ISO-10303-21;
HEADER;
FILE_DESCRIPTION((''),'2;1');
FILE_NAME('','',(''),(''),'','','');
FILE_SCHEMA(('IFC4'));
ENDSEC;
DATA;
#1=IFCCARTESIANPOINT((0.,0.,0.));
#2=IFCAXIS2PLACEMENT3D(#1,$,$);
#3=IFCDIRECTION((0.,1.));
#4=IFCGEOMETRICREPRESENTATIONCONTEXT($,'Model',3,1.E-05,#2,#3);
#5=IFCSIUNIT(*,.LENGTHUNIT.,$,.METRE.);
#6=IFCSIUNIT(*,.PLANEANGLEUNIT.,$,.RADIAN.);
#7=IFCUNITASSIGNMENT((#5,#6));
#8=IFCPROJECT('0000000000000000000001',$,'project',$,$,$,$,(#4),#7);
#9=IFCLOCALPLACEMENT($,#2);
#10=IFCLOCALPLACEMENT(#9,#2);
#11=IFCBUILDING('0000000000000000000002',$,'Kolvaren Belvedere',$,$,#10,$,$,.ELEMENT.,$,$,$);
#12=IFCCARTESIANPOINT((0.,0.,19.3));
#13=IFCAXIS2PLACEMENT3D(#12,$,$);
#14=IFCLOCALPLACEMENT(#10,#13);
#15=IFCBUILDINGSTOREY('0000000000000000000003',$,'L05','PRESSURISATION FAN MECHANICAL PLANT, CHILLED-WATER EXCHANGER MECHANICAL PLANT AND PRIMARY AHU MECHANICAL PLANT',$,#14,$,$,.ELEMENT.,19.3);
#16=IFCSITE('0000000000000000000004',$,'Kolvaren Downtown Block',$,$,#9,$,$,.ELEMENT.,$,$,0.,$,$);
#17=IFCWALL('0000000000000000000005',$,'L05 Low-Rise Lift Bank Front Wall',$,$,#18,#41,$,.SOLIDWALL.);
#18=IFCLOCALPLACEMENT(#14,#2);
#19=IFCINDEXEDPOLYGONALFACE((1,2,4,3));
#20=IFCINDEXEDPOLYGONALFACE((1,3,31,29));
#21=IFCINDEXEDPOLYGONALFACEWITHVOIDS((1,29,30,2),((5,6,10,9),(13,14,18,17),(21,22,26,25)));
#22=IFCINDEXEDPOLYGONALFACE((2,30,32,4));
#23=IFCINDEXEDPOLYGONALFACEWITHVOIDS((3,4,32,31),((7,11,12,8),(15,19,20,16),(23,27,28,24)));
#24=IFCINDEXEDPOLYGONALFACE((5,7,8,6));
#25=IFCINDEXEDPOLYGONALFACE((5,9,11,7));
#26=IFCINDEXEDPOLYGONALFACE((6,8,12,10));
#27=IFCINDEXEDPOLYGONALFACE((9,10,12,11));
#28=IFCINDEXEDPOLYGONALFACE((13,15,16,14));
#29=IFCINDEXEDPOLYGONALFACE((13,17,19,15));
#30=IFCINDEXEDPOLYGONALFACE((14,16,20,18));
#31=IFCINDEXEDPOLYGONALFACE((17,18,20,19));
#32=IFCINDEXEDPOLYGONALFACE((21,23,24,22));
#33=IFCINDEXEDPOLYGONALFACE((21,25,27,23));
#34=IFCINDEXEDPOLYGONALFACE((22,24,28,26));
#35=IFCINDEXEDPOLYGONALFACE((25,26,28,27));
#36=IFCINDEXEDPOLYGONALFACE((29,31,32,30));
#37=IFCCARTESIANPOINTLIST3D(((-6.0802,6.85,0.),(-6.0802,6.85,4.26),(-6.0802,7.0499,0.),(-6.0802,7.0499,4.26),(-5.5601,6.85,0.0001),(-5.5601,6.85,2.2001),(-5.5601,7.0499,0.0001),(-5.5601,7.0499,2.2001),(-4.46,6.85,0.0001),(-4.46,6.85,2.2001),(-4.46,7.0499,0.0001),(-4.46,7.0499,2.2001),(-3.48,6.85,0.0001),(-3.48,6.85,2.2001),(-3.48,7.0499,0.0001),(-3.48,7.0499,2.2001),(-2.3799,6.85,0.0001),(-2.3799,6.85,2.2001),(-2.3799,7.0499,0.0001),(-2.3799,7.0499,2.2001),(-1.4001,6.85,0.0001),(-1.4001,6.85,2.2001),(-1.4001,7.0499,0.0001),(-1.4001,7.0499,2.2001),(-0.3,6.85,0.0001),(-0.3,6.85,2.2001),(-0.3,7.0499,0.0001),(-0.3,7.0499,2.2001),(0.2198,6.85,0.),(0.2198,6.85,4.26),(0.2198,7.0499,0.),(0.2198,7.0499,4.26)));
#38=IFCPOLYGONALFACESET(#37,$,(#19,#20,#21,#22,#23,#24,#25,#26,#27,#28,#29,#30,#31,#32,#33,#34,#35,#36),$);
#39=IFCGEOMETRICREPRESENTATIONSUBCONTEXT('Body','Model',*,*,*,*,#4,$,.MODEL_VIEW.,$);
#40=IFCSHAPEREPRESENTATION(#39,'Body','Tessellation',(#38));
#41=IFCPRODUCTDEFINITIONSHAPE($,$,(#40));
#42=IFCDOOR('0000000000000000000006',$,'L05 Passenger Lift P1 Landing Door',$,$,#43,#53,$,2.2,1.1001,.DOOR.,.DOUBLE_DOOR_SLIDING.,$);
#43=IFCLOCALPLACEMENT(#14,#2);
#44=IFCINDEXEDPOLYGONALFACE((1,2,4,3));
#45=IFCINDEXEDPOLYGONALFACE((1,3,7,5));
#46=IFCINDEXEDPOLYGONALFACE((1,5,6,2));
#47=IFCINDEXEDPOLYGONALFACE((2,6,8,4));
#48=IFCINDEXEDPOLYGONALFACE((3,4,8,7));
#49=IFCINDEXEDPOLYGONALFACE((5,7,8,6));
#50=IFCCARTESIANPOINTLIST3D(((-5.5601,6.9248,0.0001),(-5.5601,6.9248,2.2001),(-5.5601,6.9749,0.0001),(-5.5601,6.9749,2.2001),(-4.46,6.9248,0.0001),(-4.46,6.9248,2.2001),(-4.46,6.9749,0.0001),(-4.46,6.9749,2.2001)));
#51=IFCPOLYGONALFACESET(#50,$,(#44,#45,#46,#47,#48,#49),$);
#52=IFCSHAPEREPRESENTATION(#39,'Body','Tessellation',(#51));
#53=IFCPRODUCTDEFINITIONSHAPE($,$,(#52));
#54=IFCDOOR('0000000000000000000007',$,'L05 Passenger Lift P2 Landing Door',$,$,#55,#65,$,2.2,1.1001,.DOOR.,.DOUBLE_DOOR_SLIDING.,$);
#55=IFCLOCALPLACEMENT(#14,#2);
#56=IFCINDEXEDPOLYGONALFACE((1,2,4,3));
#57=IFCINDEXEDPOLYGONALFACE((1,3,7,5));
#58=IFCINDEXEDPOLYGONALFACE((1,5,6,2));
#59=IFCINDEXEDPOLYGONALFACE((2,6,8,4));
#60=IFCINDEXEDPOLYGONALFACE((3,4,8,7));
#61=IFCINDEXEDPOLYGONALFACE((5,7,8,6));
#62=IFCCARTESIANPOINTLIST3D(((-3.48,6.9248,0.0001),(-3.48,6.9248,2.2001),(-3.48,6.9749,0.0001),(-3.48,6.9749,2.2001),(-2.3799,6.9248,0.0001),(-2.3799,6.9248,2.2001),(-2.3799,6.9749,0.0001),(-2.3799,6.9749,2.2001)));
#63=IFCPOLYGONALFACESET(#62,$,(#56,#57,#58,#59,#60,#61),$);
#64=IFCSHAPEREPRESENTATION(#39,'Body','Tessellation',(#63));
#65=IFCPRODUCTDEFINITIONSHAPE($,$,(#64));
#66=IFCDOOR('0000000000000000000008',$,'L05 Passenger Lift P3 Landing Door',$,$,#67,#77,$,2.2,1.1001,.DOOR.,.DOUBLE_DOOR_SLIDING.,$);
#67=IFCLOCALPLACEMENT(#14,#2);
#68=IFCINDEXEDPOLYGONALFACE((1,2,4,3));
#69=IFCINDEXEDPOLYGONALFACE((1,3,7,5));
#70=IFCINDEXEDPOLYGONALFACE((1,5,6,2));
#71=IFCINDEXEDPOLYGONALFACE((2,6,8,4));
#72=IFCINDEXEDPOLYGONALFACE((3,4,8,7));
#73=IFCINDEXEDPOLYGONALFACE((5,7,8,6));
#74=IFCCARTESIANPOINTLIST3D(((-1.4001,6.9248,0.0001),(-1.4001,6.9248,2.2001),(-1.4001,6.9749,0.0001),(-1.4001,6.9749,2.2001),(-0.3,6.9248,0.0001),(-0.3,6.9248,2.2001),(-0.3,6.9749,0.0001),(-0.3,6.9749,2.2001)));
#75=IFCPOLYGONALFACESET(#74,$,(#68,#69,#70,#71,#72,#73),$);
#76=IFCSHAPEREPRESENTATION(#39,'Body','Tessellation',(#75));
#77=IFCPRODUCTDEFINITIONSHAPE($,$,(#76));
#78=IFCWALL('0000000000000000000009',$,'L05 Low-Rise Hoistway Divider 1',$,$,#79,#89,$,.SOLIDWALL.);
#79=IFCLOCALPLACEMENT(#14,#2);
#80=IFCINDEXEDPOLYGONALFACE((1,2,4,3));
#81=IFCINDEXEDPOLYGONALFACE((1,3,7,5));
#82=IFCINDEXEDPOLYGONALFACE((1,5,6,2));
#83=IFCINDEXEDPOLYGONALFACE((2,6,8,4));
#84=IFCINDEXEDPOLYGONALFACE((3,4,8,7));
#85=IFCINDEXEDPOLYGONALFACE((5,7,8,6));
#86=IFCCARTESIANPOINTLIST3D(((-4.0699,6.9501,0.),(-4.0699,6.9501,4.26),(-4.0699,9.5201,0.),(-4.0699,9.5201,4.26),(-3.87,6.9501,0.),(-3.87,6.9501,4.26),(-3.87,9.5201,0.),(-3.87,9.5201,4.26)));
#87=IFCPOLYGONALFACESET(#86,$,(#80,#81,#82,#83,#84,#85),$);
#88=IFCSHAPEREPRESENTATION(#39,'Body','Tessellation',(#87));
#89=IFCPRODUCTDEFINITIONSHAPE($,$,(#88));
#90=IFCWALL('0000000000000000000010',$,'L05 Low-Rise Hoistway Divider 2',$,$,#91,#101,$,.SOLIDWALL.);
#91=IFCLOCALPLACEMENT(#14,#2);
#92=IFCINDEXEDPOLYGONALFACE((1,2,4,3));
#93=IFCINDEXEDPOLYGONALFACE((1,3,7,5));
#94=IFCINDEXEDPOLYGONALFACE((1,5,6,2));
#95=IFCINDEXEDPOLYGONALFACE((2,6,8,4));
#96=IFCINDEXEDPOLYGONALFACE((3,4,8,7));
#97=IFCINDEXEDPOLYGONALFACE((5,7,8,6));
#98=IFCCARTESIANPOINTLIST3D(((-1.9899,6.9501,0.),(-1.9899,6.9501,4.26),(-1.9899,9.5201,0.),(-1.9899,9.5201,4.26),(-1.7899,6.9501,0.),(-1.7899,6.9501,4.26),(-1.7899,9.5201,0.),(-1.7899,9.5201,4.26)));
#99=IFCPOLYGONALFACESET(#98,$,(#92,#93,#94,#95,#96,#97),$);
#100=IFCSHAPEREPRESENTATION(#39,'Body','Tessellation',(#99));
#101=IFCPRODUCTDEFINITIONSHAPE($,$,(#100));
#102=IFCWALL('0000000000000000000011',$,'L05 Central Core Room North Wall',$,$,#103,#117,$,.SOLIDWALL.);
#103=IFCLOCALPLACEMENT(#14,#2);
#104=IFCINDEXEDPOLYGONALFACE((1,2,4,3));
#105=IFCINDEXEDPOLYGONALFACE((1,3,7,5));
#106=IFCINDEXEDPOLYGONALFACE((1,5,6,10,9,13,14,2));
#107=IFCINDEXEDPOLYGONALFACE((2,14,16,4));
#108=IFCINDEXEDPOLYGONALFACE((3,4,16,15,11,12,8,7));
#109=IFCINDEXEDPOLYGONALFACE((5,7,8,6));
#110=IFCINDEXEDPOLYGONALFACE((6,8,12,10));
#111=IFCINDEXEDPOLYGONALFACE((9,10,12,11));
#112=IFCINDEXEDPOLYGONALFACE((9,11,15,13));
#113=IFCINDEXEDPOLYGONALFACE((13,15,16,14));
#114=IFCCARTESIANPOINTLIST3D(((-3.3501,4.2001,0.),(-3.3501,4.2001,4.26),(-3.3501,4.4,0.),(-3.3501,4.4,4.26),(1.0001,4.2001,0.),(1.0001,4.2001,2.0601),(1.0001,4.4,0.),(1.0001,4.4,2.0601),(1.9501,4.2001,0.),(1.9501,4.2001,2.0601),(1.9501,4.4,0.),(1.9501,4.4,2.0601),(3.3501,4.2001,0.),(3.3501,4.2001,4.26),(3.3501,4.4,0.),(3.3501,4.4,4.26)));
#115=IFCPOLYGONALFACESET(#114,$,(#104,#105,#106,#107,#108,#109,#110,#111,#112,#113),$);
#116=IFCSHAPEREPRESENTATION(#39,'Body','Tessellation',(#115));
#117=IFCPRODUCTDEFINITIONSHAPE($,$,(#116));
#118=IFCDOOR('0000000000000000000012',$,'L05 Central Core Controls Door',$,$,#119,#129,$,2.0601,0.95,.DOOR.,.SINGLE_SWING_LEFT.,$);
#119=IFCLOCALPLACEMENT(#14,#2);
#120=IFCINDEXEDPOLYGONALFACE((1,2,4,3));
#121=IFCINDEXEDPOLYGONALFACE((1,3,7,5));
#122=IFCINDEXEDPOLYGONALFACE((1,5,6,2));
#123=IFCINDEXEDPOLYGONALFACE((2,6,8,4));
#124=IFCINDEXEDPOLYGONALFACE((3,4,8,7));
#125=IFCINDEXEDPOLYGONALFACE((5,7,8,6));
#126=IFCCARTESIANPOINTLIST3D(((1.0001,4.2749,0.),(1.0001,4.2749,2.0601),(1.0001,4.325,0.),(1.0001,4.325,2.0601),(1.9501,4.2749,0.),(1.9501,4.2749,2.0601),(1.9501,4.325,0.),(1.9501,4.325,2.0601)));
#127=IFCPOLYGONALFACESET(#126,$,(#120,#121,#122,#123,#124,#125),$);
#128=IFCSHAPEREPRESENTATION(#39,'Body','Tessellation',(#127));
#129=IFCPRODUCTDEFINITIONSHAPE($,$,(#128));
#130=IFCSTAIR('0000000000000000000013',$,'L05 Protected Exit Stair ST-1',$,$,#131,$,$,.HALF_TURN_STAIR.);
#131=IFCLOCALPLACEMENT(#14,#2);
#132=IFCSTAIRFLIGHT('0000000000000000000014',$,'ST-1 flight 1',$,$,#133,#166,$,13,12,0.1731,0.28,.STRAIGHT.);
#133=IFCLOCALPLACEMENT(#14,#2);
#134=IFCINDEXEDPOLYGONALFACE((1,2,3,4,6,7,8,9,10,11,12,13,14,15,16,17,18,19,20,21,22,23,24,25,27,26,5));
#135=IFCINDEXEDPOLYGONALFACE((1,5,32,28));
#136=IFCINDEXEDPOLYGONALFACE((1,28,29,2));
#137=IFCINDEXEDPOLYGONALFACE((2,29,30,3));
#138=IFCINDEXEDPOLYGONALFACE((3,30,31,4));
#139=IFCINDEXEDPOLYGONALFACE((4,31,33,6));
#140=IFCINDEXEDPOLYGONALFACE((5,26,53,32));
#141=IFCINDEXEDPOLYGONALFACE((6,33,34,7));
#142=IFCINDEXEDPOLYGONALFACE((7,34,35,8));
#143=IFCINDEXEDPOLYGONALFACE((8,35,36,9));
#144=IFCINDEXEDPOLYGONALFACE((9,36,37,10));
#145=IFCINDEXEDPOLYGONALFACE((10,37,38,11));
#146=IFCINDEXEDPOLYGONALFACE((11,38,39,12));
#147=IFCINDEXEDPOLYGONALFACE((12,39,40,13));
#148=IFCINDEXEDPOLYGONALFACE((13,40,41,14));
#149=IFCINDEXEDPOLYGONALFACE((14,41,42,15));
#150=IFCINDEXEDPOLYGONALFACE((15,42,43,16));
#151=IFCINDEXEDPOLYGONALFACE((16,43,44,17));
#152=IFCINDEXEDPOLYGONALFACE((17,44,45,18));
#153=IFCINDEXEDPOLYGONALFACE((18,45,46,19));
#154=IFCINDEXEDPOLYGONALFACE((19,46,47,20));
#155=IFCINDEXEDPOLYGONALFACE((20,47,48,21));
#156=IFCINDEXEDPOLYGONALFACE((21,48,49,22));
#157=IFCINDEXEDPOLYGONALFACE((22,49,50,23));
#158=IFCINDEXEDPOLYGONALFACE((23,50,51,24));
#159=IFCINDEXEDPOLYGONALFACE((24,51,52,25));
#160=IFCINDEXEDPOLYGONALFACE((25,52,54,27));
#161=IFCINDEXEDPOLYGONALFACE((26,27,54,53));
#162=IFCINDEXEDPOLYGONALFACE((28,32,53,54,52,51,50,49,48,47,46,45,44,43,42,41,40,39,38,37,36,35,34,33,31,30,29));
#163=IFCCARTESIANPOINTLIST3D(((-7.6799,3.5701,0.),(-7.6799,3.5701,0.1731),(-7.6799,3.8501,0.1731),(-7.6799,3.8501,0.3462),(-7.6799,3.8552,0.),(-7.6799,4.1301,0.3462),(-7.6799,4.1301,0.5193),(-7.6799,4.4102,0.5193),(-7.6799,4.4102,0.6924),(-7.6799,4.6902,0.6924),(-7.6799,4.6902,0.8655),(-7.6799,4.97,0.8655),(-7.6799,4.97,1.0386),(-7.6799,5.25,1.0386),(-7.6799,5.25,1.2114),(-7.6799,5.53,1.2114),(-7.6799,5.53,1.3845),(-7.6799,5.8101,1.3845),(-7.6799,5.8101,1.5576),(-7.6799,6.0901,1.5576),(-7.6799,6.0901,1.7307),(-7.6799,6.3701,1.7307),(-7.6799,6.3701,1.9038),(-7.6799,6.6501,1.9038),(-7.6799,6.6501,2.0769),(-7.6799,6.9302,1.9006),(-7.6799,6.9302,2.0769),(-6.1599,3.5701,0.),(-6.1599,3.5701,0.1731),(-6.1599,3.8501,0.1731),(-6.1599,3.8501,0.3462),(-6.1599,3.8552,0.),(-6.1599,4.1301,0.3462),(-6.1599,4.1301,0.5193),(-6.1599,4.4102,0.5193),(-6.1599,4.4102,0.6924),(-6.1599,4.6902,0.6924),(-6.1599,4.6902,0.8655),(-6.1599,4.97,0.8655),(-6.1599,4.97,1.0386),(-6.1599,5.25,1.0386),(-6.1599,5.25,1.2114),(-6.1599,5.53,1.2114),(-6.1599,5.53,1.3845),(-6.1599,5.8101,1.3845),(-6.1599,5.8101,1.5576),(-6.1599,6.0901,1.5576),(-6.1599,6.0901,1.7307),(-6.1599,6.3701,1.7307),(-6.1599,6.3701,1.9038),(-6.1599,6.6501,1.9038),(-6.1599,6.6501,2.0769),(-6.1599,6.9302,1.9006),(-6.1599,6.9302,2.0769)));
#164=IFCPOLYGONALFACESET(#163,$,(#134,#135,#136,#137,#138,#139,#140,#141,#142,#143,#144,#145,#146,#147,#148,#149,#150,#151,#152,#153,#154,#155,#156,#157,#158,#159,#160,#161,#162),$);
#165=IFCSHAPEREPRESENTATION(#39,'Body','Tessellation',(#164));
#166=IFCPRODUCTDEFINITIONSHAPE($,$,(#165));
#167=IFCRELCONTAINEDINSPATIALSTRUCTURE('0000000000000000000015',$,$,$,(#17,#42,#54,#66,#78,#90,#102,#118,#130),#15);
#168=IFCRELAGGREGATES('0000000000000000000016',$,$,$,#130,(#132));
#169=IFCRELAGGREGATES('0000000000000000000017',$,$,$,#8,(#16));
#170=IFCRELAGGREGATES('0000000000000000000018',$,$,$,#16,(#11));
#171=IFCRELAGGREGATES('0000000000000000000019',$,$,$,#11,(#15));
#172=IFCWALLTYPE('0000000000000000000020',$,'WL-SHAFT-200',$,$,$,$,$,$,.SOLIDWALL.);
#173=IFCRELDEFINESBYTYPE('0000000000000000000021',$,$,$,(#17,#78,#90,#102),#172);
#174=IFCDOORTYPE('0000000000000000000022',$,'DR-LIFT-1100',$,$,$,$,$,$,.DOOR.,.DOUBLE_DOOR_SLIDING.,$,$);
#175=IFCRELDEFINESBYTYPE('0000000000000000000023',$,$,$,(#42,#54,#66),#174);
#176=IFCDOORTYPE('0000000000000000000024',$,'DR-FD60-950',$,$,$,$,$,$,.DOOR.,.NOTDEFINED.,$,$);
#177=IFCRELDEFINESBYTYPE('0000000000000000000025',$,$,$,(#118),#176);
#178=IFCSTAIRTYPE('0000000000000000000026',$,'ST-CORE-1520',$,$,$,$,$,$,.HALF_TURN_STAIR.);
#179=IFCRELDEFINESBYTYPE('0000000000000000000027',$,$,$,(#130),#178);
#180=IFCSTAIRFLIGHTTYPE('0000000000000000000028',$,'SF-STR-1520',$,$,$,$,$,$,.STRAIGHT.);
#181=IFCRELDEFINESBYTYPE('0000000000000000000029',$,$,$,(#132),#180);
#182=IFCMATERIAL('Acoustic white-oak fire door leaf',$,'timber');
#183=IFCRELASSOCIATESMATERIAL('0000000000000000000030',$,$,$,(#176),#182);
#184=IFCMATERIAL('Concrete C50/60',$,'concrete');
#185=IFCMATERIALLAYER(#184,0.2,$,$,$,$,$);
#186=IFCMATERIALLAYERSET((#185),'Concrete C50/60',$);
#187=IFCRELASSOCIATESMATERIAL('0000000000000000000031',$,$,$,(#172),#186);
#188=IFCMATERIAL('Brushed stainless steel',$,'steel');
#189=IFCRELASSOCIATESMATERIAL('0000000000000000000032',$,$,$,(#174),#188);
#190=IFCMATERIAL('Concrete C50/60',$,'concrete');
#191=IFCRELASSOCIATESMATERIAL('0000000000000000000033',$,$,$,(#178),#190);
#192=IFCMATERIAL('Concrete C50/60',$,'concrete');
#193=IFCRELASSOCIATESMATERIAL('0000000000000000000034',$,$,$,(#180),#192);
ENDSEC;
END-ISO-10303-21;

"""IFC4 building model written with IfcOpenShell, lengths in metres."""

from ifc_helpers import new_model, si_unit, direction, frame, frame_2d, origin, place, context, subcontext, project, spatial, polyline, rectangle, outline, extrude, material, layer, layer_set, type_object, element, fill, aggregate, save


model = new_model("IFC4")

# Units and contexts
model_context = context("Model", 3, precision=1e-05, world=origin(), true_north=direction((0.0, 1.0)))
body_context = subcontext(model_context, "Body", "Model", "MODEL_VIEW")
ifc_project = project(units=[si_unit("LENGTHUNIT", "METRE"), si_unit("PLANEANGLEUNIT", "RADIAN")], contexts=[model_context])

# Site, building, storey
site_placement = place(None, origin())
site = spatial("IfcSite", under=ifc_project, at=site_placement, Name="Kolvaren Downtown Block", CompositionType="ELEMENT", RefElevation=0.0)
building_placement = place(site_placement, origin())
building = spatial("IfcBuilding", under=site, at=building_placement, Name="Kolvaren Belvedere", CompositionType="ELEMENT")
storey_placement = place(building_placement, frame((0.0, 0.0, 19.3)))
storey = spatial("IfcBuildingStorey", under=building, at=storey_placement, Name="L05", Description="PRESSURISATION FAN MECHANICAL PLANT, CHILLED-WATER EXCHANGER MECHANICAL PLANT AND PRIMARY AHU MECHANICAL PLANT", CompositionType="ELEMENT", Elevation=19.3)

# Shared definitions
ifc_material_1 = material(Name="Acoustic white-oak fire door leaf", Category="timber")
door_type_1 = type_object("IfcDoorType", Name="DR-FD60-950", OperationType="NOTDEFINED", PredefinedType="DOOR", material=ifc_material_1)

# Wall, openings, doors
ifc_material_2 = material(Name="Concrete C50/60", Category="concrete")
ifc_layer_1 = layer(ifc_material_2, 0.2)
ifc_layer_set_1 = layer_set([ifc_layer_1], Name="Concrete C50/60")
wall_type_1 = type_object("IfcWallType", Name="WL-SHAFT-200", PredefinedType="SOLIDWALL", material=ifc_layer_set_1)
wall_1_placement = place(storey_placement, frame((-6.0801, 6.95, 0.0), z_axis=(0.0, 0.0, 1.0), x_axis=(1.0, 0.0, 0.0)))
wall_1 = element("IfcWall", 1, at=wall_1_placement, inside=storey, type_object=wall_type_1, Name="L05 Low-Rise Lift Bank Front Wall", PredefinedType="SOLIDWALL", context=body_context, shape_type="SweptSolid", body=[
    extrude(rectangle(XDim=6.3, YDim=0.2, at=frame_2d((3.1499, 0.0))), origin(), (0.0, 0.0, 1.0), 4.26),
])
opening_1_placement = place(wall_1_placement, frame((0.52, 0.0, 0.0)))
opening_1 = element("IfcOpeningElement", 2, at=opening_1_placement, cuts=wall_1, PredefinedType="OPENING", context=body_context, shape_type="SweptSolid", body=[
    extrude(rectangle(XDim=1.1001, YDim=2.2, at=frame_2d((0.55, 1.1001))), frame((0.0, 0.1099, 0.0), z_axis=(0.0, -1.0, 0.0), x_axis=(1.0, 0.0, 0.0)), (0.0, 0.0, 1.0), 0.22),
])
opening_2_placement = place(wall_1_placement, frame((2.6001, 0.0, 0.0)))
opening_2 = element("IfcOpeningElement", 3, at=opening_2_placement, cuts=wall_1, PredefinedType="OPENING", context=body_context, shape_type="SweptSolid", body=[
    extrude(rectangle(XDim=1.1001, YDim=2.2, at=frame_2d((0.55, 1.1001))), frame((0.0, 0.1099, 0.0), z_axis=(0.0, -1.0, 0.0), x_axis=(1.0, 0.0, 0.0)), (0.0, 0.0, 1.0), 0.22),
])
opening_3_placement = place(wall_1_placement, frame((4.6799, 0.0, 0.0)))
opening_3 = element("IfcOpeningElement", 4, at=opening_3_placement, cuts=wall_1, PredefinedType="OPENING", context=body_context, shape_type="SweptSolid", body=[
    extrude(rectangle(XDim=1.1001, YDim=2.2, at=frame_2d((0.55, 1.1001))), frame((0.0, 0.1099, 0.0), z_axis=(0.0, -1.0, 0.0), x_axis=(1.0, 0.0, 0.0)), (0.0, 0.0, 1.0), 0.22),
])
ifc_material_3 = material(Name="Brushed stainless steel", Category="steel")
door_type_2 = type_object("IfcDoorType", Name="DR-LIFT-1100", OperationType="DOUBLE_DOOR_SLIDING", PredefinedType="DOOR", material=ifc_material_3)
door_1_placement = place(opening_1_placement, origin())
door_1 = element("IfcDoor", 5, at=door_1_placement, inside=storey, type_object=door_type_2, Name="L05 Passenger Lift P1 Landing Door", OperationType="DOUBLE_DOOR_SLIDING", OverallHeight=2.2, OverallWidth=1.1001, PredefinedType="DOOR", context=body_context, shape_type="SweptSolid", body=[
    extrude(rectangle(XDim=1.1001, YDim=2.2, at=frame_2d((0.55, 1.1001))), frame((0.0, 0.0249, 0.0), z_axis=(0.0, -1.0, 0.0), x_axis=(1.0, 0.0, 0.0)), (0.0, 0.0, 1.0), 0.05),
])
fill(opening_1, door_1)
door_2_placement = place(opening_2_placement, origin())
door_2 = element("IfcDoor", 6, at=door_2_placement, inside=storey, type_object=door_type_2, Name="L05 Passenger Lift P2 Landing Door", OperationType="DOUBLE_DOOR_SLIDING", OverallHeight=2.2, OverallWidth=1.1001, PredefinedType="DOOR", context=body_context, shape_type="SweptSolid", body=[
    extrude(rectangle(XDim=1.1001, YDim=2.2, at=frame_2d((0.55, 1.1001))), frame((0.0, 0.0249, 0.0), z_axis=(0.0, -1.0, 0.0), x_axis=(1.0, 0.0, 0.0)), (0.0, 0.0, 1.0), 0.05),
])
fill(opening_2, door_2)
door_3_placement = place(opening_3_placement, origin())
door_3 = element("IfcDoor", 7, at=door_3_placement, inside=storey, type_object=door_type_2, Name="L05 Passenger Lift P3 Landing Door", OperationType="DOUBLE_DOOR_SLIDING", OverallHeight=2.2, OverallWidth=1.1001, PredefinedType="DOOR", context=body_context, shape_type="SweptSolid", body=[
    extrude(rectangle(XDim=1.1001, YDim=2.2, at=frame_2d((0.55, 1.1001))), frame((0.0, 0.0249, 0.0), z_axis=(0.0, -1.0, 0.0), x_axis=(1.0, 0.0, 0.0)), (0.0, 0.0, 1.0), 0.05),
])
fill(opening_3, door_3)

# Walls
for number, where, z_axis, x_axis, name in (
    (8, (-3.97, 6.95, 0.0), (0.0, 0.0, 1.0), (0.0, 1.0, 0.0), "L05 Low-Rise Hoistway Divider 1"),
    (9, (-1.8899, 6.95, 0.0), (0.0, 0.0, 1.0), (0.0, 1.0, 0.0), "L05 Low-Rise Hoistway Divider 2"),
):
    element("IfcWall", number, at=place(storey_placement, frame(where, z_axis=z_axis, x_axis=x_axis)), inside=storey, type_object=wall_type_1, Name=name, PredefinedType="SOLIDWALL", context=body_context, shape_type="SweptSolid", body=[
        extrude(rectangle(XDim=2.5701, YDim=0.2, at=frame_2d((1.2852, 0.0))), origin(), (0.0, 0.0, 1.0), 4.26),
    ])

# Wall, opening, door
wall_2_placement = place(storey_placement, frame((-3.3501, 4.3, 0.0), z_axis=(0.0, 0.0, 1.0), x_axis=(1.0, 0.0, 0.0)))
wall_2 = element("IfcWall", 10, at=wall_2_placement, inside=storey, type_object=wall_type_1, Name="L05 Central Core Room North Wall", PredefinedType="SOLIDWALL", context=body_context, shape_type="SweptSolid", body=[
    extrude(rectangle(XDim=6.7002, YDim=0.2, at=frame_2d((3.3501, 0.0))), origin(), (0.0, 0.0, 1.0), 4.26),
])
opening_4_placement = place(wall_2_placement, frame((4.3501, 0.0, 0.0)))
opening_4 = element("IfcOpeningElement", 11, at=opening_4_placement, cuts=wall_2, PredefinedType="OPENING", context=body_context, shape_type="SweptSolid", body=[
    extrude(rectangle(XDim=0.95, YDim=2.0601, at=frame_2d((0.4751, 1.03))), frame((0.0, 0.1099, 0.0), z_axis=(0.0, -1.0, 0.0), x_axis=(1.0, 0.0, 0.0)), (0.0, 0.0, 1.0), 0.22),
])
door_4_placement = place(opening_4_placement, origin())
door_4 = element("IfcDoor", 12, at=door_4_placement, inside=storey, type_object=door_type_1, Name="L05 Central Core Controls Door", OperationType="SINGLE_SWING_LEFT", OverallHeight=2.0601, OverallWidth=0.95, PredefinedType="DOOR", context=body_context, shape_type="SweptSolid", body=[
    extrude(rectangle(XDim=0.95, YDim=2.0601, at=frame_2d((0.4751, 1.03))), frame((0.0, 0.0249, 0.0), z_axis=(0.0, -1.0, 0.0), x_axis=(1.0, 0.0, 0.0)), (0.0, 0.0, 1.0), 0.05),
])
fill(opening_4, door_4)

# Stair, stair flight
ifc_material_4 = material(Name="Concrete C50/60", Category="concrete")
stair_type = type_object("IfcStairType", Name="ST-CORE-1520", PredefinedType="HALF_TURN_STAIR", material=ifc_material_4)
stair_placement = place(storey_placement, origin())
stair = element("IfcStair", 13, at=stair_placement, inside=storey, type_object=stair_type, Name="L05 Protected Exit Stair ST-1", PredefinedType="HALF_TURN_STAIR")
ifc_material_5 = material(Name="Concrete C50/60", Category="concrete")
stair_flight_type = type_object("IfcStairFlightType", Name="SF-STR-1520", PredefinedType="STRAIGHT", material=ifc_material_5)
stair_flight_1_placement = place(storey_placement, frame((-6.9199, 3.5701, 0.0), z_axis=(0.0, 0.0, 1.0), x_axis=(0.0, 1.0, 0.0)))
stair_flight_1 = element("IfcStairFlight", 14, at=stair_flight_1_placement, type_object=stair_flight_type, Name="ST-1 flight 1", NumberOfRisers=13, NumberOfTreads=12, PredefinedType="STRAIGHT", RiserHeight=0.1731, TreadLength=0.28, context=body_context, shape_type="SweptSolid", body=[
    extrude(outline(polyline([(0.0, 0.0), (0.0, 0.1731), (0.28, 0.1731), (0.28, 0.3462), (0.5601, 0.3462), (0.5601, 0.5193), (0.8401, 0.5193), (0.8401, 0.6924), (1.1201, 0.6924), (1.1201, 0.8655), (1.3999, 0.8655), (1.3999, 1.0386), (1.6799, 1.0386), (1.6799, 1.2114), (1.96, 1.2114), (1.96, 1.3845), (2.24, 1.3845), (2.24, 1.5576), (2.52, 1.5576), (2.52, 1.7307), (2.8, 1.7307), (2.8, 1.9038), (3.0801, 1.9038), (3.0801, 2.0769), (3.3601, 2.0769), (3.3601, 2.25), (3.3601, 1.9006), (0.2852, 0.0), (0.0, 0.0)])), frame((0.0, 0.76, 0.0), z_axis=(0.0, -1.0, 0.0), x_axis=(1.0, 0.0, 0.0)), (0.0, 0.0, 1.0), 1.52),
])
aggregate(stair, [stair_flight_1])

save(model, "model.ifc")
